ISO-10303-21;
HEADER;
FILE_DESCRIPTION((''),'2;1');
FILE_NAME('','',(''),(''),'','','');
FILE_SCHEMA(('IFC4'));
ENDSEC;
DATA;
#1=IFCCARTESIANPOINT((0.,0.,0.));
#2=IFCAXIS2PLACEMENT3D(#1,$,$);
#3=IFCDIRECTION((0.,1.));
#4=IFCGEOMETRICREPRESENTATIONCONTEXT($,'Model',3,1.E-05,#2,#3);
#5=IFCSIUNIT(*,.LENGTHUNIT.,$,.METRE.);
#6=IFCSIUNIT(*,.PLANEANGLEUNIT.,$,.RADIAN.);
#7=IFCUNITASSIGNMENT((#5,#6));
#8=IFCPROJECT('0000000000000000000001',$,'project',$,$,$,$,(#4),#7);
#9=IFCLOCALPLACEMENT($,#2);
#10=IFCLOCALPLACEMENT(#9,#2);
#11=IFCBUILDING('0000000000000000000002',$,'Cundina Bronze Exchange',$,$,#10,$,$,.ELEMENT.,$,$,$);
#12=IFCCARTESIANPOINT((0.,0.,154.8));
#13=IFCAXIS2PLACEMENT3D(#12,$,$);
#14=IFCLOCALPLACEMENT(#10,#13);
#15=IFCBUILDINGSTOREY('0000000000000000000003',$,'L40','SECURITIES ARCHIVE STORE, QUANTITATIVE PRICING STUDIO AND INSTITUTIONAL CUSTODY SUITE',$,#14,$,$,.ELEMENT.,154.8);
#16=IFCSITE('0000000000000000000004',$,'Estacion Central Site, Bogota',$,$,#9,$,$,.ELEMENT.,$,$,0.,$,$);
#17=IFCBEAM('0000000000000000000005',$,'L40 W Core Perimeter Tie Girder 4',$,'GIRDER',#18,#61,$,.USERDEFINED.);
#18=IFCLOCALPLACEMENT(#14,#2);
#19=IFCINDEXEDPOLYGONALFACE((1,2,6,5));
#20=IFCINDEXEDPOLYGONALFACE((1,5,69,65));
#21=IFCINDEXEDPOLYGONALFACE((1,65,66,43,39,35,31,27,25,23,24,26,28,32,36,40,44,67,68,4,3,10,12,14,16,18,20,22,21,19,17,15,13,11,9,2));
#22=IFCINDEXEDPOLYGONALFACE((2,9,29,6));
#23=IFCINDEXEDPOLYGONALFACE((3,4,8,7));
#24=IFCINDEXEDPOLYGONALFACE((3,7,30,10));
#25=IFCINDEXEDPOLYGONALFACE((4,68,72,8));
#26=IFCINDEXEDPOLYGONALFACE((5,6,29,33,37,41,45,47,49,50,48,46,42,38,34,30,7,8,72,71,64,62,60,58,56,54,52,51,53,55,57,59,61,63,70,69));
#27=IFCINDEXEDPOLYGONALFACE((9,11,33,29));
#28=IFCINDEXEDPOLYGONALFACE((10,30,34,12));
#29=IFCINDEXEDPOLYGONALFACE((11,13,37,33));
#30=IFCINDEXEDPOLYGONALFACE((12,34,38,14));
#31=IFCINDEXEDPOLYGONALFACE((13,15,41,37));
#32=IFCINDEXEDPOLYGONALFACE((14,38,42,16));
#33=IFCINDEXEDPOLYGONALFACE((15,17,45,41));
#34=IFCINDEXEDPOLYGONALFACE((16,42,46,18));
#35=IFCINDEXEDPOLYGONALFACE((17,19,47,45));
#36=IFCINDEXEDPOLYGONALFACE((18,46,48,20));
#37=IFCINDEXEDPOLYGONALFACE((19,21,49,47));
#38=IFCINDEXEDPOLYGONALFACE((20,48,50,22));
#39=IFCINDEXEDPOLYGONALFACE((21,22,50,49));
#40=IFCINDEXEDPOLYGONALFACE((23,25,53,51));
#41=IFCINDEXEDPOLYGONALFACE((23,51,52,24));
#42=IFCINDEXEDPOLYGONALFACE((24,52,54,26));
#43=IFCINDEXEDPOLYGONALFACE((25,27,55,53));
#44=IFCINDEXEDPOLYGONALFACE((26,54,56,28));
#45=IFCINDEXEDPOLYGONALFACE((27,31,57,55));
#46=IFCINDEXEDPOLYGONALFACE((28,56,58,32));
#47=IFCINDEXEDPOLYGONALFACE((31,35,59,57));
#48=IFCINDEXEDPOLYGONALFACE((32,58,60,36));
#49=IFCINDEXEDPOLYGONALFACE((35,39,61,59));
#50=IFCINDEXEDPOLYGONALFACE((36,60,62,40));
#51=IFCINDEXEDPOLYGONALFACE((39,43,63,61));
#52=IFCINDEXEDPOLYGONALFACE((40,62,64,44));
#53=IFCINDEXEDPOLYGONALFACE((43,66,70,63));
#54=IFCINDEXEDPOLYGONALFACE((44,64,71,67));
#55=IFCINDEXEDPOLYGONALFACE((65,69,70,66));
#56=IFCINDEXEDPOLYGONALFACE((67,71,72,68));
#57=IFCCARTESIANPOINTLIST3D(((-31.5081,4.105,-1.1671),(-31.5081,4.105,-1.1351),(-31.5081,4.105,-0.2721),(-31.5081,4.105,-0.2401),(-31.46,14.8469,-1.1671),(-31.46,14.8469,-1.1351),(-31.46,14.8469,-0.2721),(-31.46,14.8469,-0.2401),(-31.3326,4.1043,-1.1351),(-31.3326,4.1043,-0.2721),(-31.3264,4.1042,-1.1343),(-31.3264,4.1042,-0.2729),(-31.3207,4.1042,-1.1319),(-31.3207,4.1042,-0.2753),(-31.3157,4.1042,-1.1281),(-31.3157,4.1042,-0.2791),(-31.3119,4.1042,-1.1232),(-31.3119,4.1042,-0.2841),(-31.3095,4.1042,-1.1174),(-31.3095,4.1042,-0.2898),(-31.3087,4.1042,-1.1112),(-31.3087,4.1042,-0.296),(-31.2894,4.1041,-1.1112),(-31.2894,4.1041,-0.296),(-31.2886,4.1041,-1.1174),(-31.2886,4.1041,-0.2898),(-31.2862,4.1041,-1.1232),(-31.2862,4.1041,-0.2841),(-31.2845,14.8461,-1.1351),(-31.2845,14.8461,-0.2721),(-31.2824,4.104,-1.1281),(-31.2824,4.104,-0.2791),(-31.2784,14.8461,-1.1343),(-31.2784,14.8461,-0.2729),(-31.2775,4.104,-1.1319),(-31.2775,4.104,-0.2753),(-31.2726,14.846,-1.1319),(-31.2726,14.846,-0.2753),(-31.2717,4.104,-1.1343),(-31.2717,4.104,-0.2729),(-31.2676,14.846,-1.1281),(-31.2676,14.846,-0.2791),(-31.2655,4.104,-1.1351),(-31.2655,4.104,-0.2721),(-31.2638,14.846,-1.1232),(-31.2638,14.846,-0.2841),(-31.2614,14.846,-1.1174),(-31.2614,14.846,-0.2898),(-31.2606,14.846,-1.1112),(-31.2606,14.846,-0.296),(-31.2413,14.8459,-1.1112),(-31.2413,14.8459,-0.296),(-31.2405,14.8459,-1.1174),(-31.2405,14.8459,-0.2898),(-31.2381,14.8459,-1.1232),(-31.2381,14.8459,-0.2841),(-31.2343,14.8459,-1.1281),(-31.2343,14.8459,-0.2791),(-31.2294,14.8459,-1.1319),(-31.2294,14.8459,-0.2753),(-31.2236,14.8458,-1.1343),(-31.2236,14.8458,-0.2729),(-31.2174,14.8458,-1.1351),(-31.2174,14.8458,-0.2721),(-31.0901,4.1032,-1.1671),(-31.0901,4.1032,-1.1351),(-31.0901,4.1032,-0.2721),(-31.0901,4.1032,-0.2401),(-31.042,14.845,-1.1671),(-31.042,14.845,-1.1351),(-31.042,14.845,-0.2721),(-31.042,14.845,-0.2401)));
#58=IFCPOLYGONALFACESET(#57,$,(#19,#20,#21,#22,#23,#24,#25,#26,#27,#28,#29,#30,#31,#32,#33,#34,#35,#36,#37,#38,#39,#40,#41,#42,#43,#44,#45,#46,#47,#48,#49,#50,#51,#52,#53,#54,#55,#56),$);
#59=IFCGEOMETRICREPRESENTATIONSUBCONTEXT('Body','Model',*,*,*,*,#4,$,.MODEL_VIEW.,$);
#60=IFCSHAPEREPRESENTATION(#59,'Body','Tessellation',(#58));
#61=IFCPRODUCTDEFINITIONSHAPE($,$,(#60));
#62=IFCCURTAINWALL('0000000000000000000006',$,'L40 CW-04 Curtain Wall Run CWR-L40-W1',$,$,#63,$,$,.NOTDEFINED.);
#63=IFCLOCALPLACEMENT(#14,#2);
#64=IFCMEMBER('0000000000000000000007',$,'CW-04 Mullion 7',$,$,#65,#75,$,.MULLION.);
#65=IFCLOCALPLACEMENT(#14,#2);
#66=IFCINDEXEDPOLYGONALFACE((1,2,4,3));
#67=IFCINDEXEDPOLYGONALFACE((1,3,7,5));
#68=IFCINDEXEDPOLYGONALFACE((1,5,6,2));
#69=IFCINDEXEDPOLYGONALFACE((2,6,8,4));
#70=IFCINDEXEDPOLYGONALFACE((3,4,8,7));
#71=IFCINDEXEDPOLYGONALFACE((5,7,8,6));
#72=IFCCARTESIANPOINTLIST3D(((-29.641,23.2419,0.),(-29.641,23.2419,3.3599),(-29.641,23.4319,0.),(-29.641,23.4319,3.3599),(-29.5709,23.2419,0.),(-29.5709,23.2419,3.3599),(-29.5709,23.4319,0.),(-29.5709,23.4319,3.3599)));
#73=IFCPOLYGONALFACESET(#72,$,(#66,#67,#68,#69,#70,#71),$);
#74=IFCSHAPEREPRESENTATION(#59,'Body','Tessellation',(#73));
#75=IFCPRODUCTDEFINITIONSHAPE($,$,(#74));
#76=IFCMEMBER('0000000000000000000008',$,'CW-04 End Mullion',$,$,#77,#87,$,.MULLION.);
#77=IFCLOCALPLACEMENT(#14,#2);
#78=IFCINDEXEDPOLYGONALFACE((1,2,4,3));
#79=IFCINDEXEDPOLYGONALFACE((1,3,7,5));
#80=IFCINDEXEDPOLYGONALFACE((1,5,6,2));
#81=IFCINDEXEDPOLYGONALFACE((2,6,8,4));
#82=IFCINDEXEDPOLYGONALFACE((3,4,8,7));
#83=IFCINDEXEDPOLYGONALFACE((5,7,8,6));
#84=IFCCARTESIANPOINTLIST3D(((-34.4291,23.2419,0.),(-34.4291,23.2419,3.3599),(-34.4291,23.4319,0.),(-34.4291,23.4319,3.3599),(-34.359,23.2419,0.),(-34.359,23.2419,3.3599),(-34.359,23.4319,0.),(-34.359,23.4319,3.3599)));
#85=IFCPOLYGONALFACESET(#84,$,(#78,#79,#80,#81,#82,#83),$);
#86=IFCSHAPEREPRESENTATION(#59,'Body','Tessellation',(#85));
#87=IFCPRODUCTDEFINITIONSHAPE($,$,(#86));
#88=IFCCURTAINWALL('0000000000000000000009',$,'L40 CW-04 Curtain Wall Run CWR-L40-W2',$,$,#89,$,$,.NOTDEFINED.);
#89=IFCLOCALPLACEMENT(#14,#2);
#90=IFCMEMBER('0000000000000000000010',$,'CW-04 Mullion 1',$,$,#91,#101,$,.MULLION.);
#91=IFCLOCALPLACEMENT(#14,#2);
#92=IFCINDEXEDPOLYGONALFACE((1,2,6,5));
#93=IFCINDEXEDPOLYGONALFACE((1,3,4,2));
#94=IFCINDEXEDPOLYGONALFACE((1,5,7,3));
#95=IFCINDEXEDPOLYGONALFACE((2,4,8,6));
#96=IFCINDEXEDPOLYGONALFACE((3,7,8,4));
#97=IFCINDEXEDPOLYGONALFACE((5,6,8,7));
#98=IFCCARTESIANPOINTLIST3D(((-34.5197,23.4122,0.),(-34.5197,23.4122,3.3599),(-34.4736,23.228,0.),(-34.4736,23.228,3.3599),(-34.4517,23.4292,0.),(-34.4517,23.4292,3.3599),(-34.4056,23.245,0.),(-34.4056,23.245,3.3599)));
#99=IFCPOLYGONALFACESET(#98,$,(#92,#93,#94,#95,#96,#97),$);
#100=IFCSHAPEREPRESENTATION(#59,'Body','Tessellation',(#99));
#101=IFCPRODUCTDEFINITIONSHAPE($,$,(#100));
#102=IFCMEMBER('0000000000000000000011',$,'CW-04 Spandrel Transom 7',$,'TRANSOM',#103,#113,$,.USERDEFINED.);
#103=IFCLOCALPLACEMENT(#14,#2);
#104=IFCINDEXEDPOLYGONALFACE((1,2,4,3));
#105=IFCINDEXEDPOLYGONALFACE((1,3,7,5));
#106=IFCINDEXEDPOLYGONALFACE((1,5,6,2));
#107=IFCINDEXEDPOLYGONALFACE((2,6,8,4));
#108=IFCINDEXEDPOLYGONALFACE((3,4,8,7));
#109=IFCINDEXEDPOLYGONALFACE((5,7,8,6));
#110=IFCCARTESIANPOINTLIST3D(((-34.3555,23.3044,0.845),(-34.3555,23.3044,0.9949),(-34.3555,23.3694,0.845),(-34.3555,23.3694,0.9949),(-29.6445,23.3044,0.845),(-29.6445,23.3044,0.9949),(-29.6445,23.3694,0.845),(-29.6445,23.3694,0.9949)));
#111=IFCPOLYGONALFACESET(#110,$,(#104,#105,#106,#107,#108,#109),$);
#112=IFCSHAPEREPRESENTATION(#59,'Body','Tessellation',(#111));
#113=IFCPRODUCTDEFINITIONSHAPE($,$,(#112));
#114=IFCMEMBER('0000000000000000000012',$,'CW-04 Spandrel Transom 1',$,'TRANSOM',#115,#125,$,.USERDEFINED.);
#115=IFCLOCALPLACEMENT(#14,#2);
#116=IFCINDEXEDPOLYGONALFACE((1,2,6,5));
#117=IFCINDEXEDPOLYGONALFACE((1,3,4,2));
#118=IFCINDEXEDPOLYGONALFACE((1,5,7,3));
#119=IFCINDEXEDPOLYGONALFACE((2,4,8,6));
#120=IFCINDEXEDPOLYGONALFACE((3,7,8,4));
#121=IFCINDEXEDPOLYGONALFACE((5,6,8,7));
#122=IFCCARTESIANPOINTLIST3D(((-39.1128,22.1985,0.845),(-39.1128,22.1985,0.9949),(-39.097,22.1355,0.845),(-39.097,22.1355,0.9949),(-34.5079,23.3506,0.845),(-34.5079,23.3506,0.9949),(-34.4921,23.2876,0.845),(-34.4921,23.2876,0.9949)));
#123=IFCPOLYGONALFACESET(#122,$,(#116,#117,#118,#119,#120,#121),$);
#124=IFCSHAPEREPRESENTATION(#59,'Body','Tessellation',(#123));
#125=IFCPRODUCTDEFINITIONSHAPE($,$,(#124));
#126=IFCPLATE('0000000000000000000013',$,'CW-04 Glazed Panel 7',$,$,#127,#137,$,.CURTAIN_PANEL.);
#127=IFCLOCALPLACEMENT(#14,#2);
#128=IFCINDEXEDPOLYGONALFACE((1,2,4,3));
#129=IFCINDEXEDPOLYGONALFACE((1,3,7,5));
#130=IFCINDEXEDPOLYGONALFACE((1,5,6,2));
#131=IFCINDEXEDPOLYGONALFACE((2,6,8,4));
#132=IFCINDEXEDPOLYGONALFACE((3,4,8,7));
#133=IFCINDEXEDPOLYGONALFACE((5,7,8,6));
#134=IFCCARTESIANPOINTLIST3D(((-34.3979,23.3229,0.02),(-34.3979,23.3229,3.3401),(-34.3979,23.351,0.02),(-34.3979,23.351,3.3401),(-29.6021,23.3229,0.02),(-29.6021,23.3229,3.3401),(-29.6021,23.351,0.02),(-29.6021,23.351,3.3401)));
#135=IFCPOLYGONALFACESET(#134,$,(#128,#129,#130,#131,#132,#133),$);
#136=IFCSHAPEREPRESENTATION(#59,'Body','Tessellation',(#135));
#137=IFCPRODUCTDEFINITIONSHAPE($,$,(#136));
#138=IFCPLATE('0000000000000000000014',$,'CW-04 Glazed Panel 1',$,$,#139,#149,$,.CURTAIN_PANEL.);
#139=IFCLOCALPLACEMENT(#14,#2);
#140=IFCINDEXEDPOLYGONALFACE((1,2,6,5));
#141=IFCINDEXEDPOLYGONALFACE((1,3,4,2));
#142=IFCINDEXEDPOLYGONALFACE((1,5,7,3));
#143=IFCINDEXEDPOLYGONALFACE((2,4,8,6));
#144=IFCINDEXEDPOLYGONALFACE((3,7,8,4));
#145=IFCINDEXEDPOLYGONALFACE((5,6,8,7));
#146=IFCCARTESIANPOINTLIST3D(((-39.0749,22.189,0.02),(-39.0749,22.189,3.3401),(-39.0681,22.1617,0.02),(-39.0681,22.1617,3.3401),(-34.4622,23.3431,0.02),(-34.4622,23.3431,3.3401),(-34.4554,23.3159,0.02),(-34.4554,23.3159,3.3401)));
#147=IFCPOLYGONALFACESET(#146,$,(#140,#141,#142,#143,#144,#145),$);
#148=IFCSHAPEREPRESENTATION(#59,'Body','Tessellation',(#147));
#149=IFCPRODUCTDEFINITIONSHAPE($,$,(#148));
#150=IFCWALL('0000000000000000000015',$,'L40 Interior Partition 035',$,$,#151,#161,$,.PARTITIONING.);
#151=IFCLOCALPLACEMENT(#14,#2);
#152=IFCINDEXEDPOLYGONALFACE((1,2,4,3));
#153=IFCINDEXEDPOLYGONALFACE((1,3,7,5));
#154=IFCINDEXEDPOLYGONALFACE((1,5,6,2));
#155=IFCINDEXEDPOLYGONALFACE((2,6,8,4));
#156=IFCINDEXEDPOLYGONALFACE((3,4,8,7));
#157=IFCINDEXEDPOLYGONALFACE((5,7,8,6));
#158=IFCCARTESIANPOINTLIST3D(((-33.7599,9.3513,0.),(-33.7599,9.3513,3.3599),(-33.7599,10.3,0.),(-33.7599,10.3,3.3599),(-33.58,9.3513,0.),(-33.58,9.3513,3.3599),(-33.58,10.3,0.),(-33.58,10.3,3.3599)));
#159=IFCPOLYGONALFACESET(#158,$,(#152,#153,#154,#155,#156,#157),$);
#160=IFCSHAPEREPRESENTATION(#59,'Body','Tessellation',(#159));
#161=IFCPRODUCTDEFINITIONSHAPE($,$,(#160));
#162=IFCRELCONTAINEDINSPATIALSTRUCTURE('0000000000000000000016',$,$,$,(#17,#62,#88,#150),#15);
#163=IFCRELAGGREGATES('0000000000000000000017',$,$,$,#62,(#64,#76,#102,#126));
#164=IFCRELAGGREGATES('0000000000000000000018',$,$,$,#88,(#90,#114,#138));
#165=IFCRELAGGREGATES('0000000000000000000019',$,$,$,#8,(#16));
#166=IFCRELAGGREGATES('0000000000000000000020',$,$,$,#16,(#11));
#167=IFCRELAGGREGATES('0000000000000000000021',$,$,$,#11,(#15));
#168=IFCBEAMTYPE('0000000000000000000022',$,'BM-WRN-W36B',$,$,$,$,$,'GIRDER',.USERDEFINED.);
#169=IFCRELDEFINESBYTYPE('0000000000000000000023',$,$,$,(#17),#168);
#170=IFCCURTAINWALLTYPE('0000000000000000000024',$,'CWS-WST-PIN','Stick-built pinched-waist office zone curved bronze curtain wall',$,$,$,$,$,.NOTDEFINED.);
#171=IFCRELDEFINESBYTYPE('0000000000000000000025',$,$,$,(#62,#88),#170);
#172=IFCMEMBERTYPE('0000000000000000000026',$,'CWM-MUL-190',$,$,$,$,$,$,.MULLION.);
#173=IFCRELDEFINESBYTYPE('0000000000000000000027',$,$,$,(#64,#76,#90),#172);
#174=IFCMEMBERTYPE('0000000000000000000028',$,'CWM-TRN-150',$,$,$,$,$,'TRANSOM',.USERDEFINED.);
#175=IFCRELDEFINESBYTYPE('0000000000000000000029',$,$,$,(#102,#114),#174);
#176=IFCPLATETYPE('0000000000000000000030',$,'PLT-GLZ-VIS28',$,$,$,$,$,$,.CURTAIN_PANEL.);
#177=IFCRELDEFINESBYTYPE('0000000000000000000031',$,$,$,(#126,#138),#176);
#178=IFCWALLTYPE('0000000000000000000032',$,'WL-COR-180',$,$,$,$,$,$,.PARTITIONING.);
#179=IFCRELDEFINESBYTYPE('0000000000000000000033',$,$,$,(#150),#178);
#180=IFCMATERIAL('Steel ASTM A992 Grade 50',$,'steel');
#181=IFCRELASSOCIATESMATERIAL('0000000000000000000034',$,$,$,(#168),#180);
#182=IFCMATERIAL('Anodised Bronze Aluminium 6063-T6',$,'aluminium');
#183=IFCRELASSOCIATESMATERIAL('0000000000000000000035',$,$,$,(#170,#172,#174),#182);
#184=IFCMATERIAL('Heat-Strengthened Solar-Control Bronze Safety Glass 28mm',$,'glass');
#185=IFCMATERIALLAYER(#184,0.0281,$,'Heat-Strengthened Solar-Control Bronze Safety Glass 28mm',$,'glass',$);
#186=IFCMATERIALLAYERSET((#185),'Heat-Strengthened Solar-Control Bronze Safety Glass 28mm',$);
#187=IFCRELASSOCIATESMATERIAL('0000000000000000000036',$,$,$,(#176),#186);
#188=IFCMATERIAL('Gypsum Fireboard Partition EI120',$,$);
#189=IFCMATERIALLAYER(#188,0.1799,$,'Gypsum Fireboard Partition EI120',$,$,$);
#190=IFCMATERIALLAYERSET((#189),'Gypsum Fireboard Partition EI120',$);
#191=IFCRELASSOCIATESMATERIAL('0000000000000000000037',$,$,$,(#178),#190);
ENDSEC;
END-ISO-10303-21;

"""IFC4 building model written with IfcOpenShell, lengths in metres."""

from ifc_helpers import new_model, si_unit, direction, frame, frame_2d, origin, origin_2d, place, context, subcontext, project, spatial, rectangle, i_section, extrude, material, layer, layer_set, material_profile, profile_set, type_object, element, aggregate, save


model = new_model("IFC4")

# Units and contexts
model_context = context("Model", 3, precision=1e-05, world=origin(), true_north=direction((0.0, 1.0)))
body_context = subcontext(model_context, "Body", "Model", "MODEL_VIEW")
ifc_project = project(units=[si_unit("LENGTHUNIT", "METRE"), si_unit("PLANEANGLEUNIT", "RADIAN")], contexts=[model_context])

# Site, building, storey
site_placement = place(None, origin())
site = spatial("IfcSite", under=ifc_project, at=site_placement, Name="Estacion Central Site, Bogota", CompositionType="ELEMENT", RefElevation=0.0)
building_placement = place(site_placement, origin())
building = spatial("IfcBuilding", under=site, at=building_placement, Name="Cundina Bronze Exchange", CompositionType="ELEMENT")
storey_placement = place(building_placement, frame((0.0, 0.0, 154.8)))
storey = spatial("IfcBuildingStorey", under=building, at=storey_placement, Name="L40", Description="SECURITIES ARCHIVE STORE, QUANTITATIVE PRICING STUDIO AND INSTITUTIONAL CUSTODY SUITE", CompositionType="ELEMENT", Elevation=154.8)

# Shared definitions
ifc_material_1 = material(Name="Steel ASTM A992 Grade 50", Category="steel")

# Beam
ifc_material_profile_1 = material_profile(ifc_material_1, i_section(OverallWidth=0.418, OverallDepth=0.927, WebThickness=0.0193, FlangeThickness=0.032, FilletRadius=0.0239, at=origin_2d()), Name="W36X231", Category="steel")
ifc_profile_set_1 = profile_set([ifc_material_profile_1], Name="Steel ASTM A992 Grade 50")
beam_type_1 = type_object("IfcBeamType", Name="BM-WRN-W36B", ElementType="GIRDER", PredefinedType="USERDEFINED", material=ifc_profile_set_1)
beam_1_placement = place(storey_placement, frame((-31.251, 14.8459, -0.7036), z_axis=(-0.004477, -0.99999, 0.0), x_axis=(0.99999, -0.004477, 0.0)))
element("IfcBeam", 1, at=beam_1_placement, inside=storey, type_object=beam_type_1, Name="L40 W Core Perimeter Tie Girder 4", ObjectType="GIRDER", PredefinedType="USERDEFINED", context=body_context, shape_type="SweptSolid", body=[
    extrude(i_section(OverallWidth=0.418, OverallDepth=0.927, WebThickness=0.0193, FlangeThickness=0.032, FilletRadius=0.0239, at=origin_2d()), origin(), (0.0, 0.0, 1.0), 10.7419),
])

# Curtain wall, members
ifc_material_2 = material(Name="Anodised Bronze Aluminium 6063-T6", Category="aluminium")
curtain_wall_type = type_object("IfcCurtainWallType", Name="CWS-WST-PIN", Description="Stick-built pinched-waist office zone curved bronze curtain wall", PredefinedType="NOTDEFINED", material=ifc_material_2)
curtain_wall_1_placement = place(storey_placement, origin())
curtain_wall_1 = element("IfcCurtainWall", 2, at=curtain_wall_1_placement, inside=storey, type_object=curtain_wall_type, Name="L40 CW-04 Curtain Wall Run CWR-L40-W1", PredefinedType="NOTDEFINED")
ifc_material_profile_2 = material_profile(ifc_material_2, rectangle(XDim=0.0701, YDim=0.1899, at=origin_2d()), Name="AL70X190", Category="aluminium")
ifc_profile_set_2 = profile_set([ifc_material_profile_2], Name="Anodised Bronze Aluminium 6063-T6")
member_type_1 = type_object("IfcMemberType", Name="CWM-MUL-190", PredefinedType="MULLION", material=ifc_profile_set_2)
member_1_placement = place(storey_placement, frame((-29.606, 23.3369, 0.0), z_axis=(0.0, 0.0, 1.0), x_axis=(-1.0, 0.0, 0.0)))
member_1 = element("IfcMember", 3, at=member_1_placement, type_object=member_type_1, Name="CW-04 Mullion 7", PredefinedType="MULLION", context=body_context, shape_type="SweptSolid", body=[
    extrude(rectangle(XDim=0.0701, YDim=0.1899, at=origin_2d()), origin(), (0.0, 0.0, 1.0), 3.3599),
])
member_2_placement = place(storey_placement, frame((-34.394, 23.3369, 0.0), z_axis=(0.0, 0.0, 1.0), x_axis=(-1.0, 0.0, 0.0)))
member_2 = element("IfcMember", 4, at=member_2_placement, type_object=member_type_1, Name="CW-04 End Mullion", PredefinedType="MULLION", context=body_context, shape_type="SweptSolid", body=[
    extrude(rectangle(XDim=0.0701, YDim=0.1899, at=origin_2d()), origin(), (0.0, 0.0, 1.0), 3.3599),
])

# Curtain wall, member
curtain_wall_2_placement = place(storey_placement, origin())
curtain_wall_2 = element("IfcCurtainWall", 5, at=curtain_wall_2_placement, inside=storey, type_object=curtain_wall_type, Name="L40 CW-04 Curtain Wall Run CWR-L40-W2", PredefinedType="NOTDEFINED")
member_3_placement = place(storey_placement, frame((-34.4626, 23.3286, 0.0), z_axis=(0.0, 0.0, 1.0), x_axis=(-0.970084, -0.242769, 0.0)))
member_3 = element("IfcMember", 6, at=member_3_placement, type_object=member_type_1, Name="CW-04 Mullion 1", PredefinedType="MULLION", context=body_context, shape_type="SweptSolid", body=[
    extrude(rectangle(XDim=0.0701, YDim=0.1899, at=origin_2d()), origin(), (0.0, 0.0, 1.0), 3.3599),
])

# Members
ifc_material_profile_3 = material_profile(ifc_material_2, rectangle(XDim=0.0649, YDim=0.1499, at=origin_2d()), Name="AL65X150", Category="aluminium")
ifc_profile_set_3 = profile_set([ifc_material_profile_3], Name="Anodised Bronze Aluminium 6063-T6")
member_type_2 = type_object("IfcMemberType", Name="CWM-TRN-150", ElementType="TRANSOM", PredefinedType="USERDEFINED", material=ifc_profile_set_3)
member_4_placement = place(storey_placement, frame((-29.6445, 23.3369, 0.9199), z_axis=(-1.0, 0.0, 0.0), x_axis=(0.0, -1.0, 0.0)))
member_4 = element("IfcMember", 7, at=member_4_placement, type_object=member_type_2, Name="CW-04 Spandrel Transom 7", ObjectType="TRANSOM", PredefinedType="USERDEFINED", context=body_context, shape_type="SweptSolid", body=[
    extrude(rectangle(XDim=0.0649, YDim=0.1499, at=origin_2d()), origin(), (0.0, 0.0, 1.0), 4.7109),
])
member_5_placement = place(storey_placement, frame((-34.5, 23.3191, 0.9199), z_axis=(-0.9701, -0.242705, 0.0), x_axis=(0.242705, -0.9701, 0.0)))
member_5 = element("IfcMember", 8, at=member_5_placement, type_object=member_type_2, Name="CW-04 Spandrel Transom 1", ObjectType="TRANSOM", PredefinedType="USERDEFINED", context=body_context, shape_type="SweptSolid", body=[
    extrude(rectangle(XDim=0.0649, YDim=0.1499, at=origin_2d()), origin(), (0.0, 0.0, 1.0), 4.7468),
])

# Plates
ifc_material_3 = material(Name="Heat-Strengthened Solar-Control Bronze Safety Glass 28mm", Category="glass")
ifc_layer_1 = layer(ifc_material_3, 0.0281, Name="Heat-Strengthened Solar-Control Bronze Safety Glass 28mm", Category="glass")
ifc_layer_set_1 = layer_set([ifc_layer_1], Name="Heat-Strengthened Solar-Control Bronze Safety Glass 28mm")
plate_type = type_object("IfcPlateType", Name="PLT-GLZ-VIS28", PredefinedType="CURTAIN_PANEL", material=ifc_layer_set_1)
plate_1_placement = place(storey_placement, frame((-32.0, 23.3369, 0.02), z_axis=(0.0, 0.0, 1.0), x_axis=(-1.0, 0.0, 0.0)))
plate_1 = element("IfcPlate", 9, at=plate_1_placement, type_object=plate_type, Name="CW-04 Glazed Panel 7", PredefinedType="CURTAIN_PANEL", context=body_context, shape_type="SweptSolid", body=[
    extrude(rectangle(XDim=4.7959, YDim=0.0281, at=origin_2d()), origin(), (0.0, 0.0, 1.0), 3.3201),
])
aggregate(curtain_wall_1, [member_1, member_2, member_4, plate_1])
plate_2_placement = place(storey_placement, frame((-36.7651, 22.7524, 0.02), z_axis=(0.0, 0.0, 1.0), x_axis=(-0.970093, -0.242735, 0.0)))
plate_2 = element("IfcPlate", 10, at=plate_2_placement, type_object=plate_type, Name="CW-04 Glazed Panel 1", PredefinedType="CURTAIN_PANEL", context=body_context, shape_type="SweptSolid", body=[
    extrude(rectangle(XDim=4.7549, YDim=0.0281, at=origin_2d()), origin(), (0.0, 0.0, 1.0), 3.3201),
])
aggregate(curtain_wall_2, [member_3, member_5, plate_2])

# Shared definitions
ifc_material_4 = material(Name="Gypsum Fireboard Partition EI120")
ifc_layer_2 = layer(ifc_material_4, 0.1799, Name="Gypsum Fireboard Partition EI120")
ifc_layer_set_2 = layer_set([ifc_layer_2], Name="Gypsum Fireboard Partition EI120")
wall_type_1 = type_object("IfcWallType", Name="WL-COR-180", PredefinedType="PARTITIONING", material=ifc_layer_set_2)

# Wall
wall_1_placement = place(storey_placement, frame((-33.6699, 10.3, 0.0), z_axis=(0.0, 0.0, 1.0), x_axis=(0.0, -1.0, 0.0)))
element("IfcWall", 11, at=wall_1_placement, inside=storey, type_object=wall_type_1, Name="L40 Interior Partition 035", PredefinedType="PARTITIONING", context=body_context, shape_type="SweptSolid", body=[
    extrude(rectangle(XDim=0.9487, YDim=0.1799, at=frame_2d((0.4744, 0.0))), origin(), (0.0, 0.0, 1.0), 3.3599),
])

save(model, "model.ifc")
